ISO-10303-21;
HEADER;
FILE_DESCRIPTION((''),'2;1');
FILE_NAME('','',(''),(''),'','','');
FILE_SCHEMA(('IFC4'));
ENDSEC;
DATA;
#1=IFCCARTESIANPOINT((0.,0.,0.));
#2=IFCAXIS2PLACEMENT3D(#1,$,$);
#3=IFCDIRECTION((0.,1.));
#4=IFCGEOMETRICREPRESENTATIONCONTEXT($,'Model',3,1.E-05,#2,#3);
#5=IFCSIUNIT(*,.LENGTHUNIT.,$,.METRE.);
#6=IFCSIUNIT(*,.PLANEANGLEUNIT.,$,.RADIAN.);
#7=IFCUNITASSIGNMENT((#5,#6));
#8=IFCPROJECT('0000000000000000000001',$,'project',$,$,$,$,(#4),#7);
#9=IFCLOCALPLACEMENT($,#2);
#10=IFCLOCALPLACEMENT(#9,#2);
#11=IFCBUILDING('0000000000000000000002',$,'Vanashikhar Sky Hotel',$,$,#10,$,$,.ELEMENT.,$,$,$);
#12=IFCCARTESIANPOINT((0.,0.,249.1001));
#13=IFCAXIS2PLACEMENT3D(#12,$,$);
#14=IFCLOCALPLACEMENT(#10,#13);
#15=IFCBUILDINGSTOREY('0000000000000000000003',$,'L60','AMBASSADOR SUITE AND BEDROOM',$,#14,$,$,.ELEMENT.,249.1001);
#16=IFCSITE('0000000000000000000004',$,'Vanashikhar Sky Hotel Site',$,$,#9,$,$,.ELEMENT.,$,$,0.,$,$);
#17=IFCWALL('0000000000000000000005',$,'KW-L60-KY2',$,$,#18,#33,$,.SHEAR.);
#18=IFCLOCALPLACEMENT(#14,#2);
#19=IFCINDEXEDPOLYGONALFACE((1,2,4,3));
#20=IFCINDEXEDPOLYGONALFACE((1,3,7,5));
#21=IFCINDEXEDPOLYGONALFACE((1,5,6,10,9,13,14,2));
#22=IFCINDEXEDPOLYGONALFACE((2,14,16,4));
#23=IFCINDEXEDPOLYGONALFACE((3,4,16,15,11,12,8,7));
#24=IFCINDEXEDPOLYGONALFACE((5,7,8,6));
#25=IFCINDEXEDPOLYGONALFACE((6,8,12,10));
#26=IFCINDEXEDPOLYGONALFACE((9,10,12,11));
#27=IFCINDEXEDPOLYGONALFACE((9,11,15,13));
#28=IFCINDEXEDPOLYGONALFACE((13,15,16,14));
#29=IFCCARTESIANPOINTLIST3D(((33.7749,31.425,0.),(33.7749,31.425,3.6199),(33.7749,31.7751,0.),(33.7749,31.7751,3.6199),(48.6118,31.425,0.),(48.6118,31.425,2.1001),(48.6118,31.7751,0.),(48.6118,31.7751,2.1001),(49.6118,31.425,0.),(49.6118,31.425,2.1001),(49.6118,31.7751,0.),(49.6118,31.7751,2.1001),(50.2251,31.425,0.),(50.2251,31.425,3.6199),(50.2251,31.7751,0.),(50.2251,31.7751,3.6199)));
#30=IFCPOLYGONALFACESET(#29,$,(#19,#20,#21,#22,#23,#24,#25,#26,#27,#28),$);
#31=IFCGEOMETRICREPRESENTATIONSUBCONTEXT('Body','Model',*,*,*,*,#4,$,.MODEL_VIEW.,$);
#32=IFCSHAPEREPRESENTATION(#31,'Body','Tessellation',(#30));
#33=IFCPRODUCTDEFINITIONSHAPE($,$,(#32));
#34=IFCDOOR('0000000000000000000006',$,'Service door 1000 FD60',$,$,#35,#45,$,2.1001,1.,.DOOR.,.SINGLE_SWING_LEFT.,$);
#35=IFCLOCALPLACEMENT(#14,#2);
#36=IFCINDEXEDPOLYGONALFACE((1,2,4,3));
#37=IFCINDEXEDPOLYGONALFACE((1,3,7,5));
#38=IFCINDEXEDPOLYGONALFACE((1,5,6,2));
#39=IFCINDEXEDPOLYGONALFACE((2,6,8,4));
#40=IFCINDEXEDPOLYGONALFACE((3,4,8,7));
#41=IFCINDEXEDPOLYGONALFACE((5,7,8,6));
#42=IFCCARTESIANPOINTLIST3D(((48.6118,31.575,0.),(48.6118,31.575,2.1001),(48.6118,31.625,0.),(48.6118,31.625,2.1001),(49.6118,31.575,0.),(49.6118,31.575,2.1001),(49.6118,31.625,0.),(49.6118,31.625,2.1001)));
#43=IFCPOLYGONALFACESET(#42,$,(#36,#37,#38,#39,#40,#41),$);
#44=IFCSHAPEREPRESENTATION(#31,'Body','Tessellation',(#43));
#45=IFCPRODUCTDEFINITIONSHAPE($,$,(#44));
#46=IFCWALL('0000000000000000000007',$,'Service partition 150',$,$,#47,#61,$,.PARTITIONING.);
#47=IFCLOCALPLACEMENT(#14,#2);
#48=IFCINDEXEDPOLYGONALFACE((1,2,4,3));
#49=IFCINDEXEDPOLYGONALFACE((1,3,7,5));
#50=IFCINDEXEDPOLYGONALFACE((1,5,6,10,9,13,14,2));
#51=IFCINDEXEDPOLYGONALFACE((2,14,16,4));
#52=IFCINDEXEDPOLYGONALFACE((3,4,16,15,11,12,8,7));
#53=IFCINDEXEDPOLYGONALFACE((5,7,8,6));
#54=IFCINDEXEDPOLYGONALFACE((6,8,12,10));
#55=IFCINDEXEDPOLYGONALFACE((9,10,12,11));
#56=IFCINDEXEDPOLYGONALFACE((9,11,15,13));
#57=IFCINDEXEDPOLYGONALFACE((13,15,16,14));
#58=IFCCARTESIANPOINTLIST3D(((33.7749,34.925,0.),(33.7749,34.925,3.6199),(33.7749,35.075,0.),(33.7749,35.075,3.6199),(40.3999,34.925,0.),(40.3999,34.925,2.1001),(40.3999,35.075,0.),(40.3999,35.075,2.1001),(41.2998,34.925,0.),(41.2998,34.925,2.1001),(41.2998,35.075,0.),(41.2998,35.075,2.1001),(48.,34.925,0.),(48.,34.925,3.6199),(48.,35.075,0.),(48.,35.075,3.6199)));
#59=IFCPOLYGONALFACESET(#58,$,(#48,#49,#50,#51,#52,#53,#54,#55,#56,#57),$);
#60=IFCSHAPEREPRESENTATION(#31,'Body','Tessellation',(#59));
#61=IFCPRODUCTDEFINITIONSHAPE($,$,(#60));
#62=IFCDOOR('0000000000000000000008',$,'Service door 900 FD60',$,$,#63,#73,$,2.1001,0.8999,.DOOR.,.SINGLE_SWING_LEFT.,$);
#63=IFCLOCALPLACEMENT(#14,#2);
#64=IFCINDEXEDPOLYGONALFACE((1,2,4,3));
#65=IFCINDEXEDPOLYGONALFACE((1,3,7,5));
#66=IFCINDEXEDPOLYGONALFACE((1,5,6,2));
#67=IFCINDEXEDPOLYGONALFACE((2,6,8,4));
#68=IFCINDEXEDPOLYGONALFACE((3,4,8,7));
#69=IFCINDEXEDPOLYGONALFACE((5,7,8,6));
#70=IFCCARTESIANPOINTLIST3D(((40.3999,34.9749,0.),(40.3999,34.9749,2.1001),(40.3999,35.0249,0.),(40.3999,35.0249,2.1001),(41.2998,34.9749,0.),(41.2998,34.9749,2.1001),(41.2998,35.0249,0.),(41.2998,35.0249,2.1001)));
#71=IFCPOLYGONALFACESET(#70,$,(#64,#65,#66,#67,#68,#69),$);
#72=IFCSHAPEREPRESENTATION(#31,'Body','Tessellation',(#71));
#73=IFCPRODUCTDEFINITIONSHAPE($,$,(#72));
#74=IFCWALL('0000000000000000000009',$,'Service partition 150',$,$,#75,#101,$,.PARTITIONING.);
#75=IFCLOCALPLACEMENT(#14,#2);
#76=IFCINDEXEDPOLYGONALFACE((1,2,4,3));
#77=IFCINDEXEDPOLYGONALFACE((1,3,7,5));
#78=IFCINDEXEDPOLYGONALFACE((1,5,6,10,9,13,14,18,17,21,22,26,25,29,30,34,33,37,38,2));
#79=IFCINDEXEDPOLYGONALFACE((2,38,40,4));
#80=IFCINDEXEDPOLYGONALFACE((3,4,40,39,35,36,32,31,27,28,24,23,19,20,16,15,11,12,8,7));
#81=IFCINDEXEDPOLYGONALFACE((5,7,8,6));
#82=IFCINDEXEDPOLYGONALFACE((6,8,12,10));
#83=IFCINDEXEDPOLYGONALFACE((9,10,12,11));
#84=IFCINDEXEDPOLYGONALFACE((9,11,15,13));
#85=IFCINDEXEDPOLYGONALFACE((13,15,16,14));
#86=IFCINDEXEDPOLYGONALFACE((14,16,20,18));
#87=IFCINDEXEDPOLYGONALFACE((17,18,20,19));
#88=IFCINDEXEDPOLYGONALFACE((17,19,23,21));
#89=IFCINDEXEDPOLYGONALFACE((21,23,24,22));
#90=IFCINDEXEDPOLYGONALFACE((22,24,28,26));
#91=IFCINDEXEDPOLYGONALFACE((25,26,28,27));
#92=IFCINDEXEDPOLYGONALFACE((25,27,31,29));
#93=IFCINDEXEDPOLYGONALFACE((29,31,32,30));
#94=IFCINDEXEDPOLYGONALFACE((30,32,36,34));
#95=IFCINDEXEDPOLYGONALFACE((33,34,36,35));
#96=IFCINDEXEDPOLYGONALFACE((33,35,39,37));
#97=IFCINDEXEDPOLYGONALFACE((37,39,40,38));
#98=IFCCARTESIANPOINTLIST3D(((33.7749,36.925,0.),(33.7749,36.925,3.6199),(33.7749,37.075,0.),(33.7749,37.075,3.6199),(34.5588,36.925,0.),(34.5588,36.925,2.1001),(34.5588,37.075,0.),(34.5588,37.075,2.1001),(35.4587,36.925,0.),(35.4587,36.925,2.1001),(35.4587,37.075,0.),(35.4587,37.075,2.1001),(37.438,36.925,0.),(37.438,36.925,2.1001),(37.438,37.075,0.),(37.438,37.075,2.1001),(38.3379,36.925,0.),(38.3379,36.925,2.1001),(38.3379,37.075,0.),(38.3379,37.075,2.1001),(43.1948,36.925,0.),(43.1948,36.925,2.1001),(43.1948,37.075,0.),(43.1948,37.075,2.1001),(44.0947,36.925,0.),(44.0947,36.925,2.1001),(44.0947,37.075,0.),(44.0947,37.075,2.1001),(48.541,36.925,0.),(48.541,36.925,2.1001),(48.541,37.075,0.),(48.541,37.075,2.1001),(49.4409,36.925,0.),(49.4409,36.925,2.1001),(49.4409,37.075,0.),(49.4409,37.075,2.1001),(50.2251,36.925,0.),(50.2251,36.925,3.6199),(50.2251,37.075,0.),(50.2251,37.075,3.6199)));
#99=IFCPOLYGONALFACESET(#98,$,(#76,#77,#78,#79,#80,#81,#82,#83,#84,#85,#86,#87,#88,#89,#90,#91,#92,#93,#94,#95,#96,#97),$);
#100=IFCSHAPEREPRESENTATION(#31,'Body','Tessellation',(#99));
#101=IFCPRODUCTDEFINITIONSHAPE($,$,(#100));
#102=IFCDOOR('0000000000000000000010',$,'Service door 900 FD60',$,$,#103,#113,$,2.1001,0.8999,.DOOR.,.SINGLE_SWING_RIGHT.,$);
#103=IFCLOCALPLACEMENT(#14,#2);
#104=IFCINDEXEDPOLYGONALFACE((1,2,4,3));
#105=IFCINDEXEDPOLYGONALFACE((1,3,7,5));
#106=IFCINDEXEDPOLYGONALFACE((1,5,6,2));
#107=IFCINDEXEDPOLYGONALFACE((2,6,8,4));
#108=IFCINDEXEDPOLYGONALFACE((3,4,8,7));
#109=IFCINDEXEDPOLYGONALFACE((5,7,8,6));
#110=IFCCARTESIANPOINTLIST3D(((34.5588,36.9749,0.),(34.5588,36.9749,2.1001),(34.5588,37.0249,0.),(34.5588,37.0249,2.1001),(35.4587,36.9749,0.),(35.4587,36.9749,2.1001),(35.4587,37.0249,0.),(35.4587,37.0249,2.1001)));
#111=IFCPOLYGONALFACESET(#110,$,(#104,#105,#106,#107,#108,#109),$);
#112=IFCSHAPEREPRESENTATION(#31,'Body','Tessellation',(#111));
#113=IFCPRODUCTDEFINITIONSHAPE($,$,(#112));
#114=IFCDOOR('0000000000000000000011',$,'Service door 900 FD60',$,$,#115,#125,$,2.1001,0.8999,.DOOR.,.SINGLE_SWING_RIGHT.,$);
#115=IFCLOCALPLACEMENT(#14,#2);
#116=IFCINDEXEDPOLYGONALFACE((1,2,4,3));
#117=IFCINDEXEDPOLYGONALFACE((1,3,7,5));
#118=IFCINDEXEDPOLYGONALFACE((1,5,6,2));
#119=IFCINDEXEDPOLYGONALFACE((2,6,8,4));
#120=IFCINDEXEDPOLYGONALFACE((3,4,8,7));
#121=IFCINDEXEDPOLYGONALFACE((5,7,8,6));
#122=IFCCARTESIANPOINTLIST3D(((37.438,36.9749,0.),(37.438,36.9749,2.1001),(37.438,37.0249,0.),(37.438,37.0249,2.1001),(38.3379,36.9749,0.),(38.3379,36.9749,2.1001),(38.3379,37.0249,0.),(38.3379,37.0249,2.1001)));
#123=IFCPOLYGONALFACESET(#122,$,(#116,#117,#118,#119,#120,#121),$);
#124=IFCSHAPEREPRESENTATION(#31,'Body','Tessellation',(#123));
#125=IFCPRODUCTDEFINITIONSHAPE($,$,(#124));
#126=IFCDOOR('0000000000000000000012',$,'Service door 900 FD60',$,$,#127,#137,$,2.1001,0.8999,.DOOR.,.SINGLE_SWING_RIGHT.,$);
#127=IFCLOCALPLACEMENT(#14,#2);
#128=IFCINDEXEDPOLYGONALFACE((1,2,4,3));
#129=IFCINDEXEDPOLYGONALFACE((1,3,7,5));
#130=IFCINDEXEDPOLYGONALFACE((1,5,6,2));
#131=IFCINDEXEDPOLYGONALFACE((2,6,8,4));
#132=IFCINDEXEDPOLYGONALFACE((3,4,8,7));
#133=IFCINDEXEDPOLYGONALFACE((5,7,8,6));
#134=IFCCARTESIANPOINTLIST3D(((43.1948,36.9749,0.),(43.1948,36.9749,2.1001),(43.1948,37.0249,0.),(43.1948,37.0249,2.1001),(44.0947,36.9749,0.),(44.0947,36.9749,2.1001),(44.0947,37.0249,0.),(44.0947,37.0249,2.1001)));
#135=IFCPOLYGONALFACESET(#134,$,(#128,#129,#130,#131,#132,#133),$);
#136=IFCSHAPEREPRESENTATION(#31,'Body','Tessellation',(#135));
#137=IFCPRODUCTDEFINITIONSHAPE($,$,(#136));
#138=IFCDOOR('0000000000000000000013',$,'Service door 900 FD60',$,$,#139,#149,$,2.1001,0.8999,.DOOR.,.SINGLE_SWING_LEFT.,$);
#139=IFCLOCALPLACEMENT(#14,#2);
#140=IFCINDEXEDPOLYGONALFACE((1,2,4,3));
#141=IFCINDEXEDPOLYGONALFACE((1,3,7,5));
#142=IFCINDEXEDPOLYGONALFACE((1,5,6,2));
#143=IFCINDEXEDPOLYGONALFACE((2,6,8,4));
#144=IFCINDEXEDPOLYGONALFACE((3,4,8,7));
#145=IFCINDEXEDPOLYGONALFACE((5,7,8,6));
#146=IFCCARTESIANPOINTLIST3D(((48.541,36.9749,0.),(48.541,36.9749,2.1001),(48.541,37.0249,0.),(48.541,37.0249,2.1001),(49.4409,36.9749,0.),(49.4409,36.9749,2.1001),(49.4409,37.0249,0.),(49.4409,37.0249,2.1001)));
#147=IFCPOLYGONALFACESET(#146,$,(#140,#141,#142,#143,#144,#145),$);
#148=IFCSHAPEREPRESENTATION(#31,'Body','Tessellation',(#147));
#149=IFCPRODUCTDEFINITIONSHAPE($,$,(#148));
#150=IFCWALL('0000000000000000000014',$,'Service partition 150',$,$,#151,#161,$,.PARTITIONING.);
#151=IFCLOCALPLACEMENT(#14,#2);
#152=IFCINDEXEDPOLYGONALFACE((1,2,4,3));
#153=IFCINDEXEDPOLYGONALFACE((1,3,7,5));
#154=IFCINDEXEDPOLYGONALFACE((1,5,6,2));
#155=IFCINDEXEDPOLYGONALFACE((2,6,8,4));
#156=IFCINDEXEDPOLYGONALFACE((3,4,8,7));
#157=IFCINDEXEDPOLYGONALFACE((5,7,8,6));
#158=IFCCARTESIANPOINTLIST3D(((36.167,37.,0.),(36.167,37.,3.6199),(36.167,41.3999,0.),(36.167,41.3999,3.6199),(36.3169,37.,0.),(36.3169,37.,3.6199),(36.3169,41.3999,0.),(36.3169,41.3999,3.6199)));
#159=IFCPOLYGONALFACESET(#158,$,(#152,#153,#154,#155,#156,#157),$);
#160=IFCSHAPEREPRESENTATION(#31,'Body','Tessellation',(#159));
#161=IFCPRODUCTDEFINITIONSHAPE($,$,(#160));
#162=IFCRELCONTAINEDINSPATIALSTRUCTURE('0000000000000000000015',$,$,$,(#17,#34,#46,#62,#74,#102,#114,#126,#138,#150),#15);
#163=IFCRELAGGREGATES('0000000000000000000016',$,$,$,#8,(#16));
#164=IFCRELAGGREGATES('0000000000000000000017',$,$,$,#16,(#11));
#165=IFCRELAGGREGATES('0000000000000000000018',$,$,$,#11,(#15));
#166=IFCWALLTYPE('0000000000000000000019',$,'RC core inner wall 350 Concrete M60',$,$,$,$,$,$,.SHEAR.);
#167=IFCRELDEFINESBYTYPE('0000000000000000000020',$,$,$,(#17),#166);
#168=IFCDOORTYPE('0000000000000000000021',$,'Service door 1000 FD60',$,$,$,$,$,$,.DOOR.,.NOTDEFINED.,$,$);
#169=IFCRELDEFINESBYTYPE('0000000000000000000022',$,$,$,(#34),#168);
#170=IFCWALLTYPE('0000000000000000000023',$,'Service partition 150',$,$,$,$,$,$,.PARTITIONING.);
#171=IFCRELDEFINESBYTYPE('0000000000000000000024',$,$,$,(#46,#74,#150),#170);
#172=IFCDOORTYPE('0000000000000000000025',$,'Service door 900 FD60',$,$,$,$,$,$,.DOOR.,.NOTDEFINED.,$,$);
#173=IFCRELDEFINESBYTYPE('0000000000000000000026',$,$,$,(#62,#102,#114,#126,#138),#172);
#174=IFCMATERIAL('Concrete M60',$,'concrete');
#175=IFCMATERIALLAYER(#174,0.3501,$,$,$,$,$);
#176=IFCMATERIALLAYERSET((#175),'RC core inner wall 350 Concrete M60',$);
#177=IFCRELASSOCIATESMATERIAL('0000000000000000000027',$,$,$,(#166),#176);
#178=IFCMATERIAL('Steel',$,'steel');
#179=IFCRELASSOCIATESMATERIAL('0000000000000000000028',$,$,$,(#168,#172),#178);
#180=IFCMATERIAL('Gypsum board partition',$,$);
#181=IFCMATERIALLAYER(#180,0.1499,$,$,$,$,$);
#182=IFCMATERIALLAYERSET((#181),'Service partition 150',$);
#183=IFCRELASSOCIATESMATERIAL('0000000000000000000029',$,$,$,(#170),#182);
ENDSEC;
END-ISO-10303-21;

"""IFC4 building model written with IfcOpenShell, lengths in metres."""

from ifc_helpers import new_model, si_unit, direction, frame, frame_2d, origin, place, context, subcontext, project, spatial, rectangle, extrude, source, transform, mapped, material, layer, layer_set, type_object, element, fill, save


model = new_model("IFC4")

# Units and contexts
model_context = context("Model", 3, precision=1e-05, world=origin(), true_north=direction((0.0, 1.0)))
body_context = subcontext(model_context, "Body", "Model", "MODEL_VIEW")
ifc_project = project(units=[si_unit("LENGTHUNIT", "METRE"), si_unit("PLANEANGLEUNIT", "RADIAN")], contexts=[model_context])

# Site, building, storey
site_placement = place(None, origin())
site = spatial("IfcSite", under=ifc_project, at=site_placement, Name="Vanashikhar Sky Hotel Site", CompositionType="ELEMENT", RefElevation=0.0)
building_placement = place(site_placement, origin())
building = spatial("IfcBuilding", under=site, at=building_placement, Name="Vanashikhar Sky Hotel", CompositionType="ELEMENT")
storey_placement = place(building_placement, frame((0.0, 0.0, 249.1001)))
storey = spatial("IfcBuildingStorey", under=building, at=storey_placement, Name="L60", Description="AMBASSADOR SUITE AND BEDROOM", CompositionType="ELEMENT", Elevation=249.1001)

# Walls, openings, doors
ifc_material_1 = material(Name="Concrete M60", Category="concrete")
ifc_layer_1 = layer(ifc_material_1, 0.3501)
ifc_layer_set_1 = layer_set([ifc_layer_1], Name="RC core inner wall 350 Concrete M60")
wall_type_1 = type_object("IfcWallType", Name="RC core inner wall 350 Concrete M60", PredefinedType="SHEAR", material=ifc_layer_set_1)
shared_shape_1 = source(origin(), body_context, "Body", "SweptSolid", [
    extrude(rectangle(XDim=16.4502, YDim=0.3501, at=frame_2d((8.2251, 0.0))), origin(), (0.0, 0.0, 1.0), 3.6199),
])
wall_1_placement = place(storey_placement, frame((33.7749, 31.6001, 0.0), z_axis=(0.0, 0.0, 1.0), x_axis=(1.0, 0.0, 0.0)))
wall_1 = element("IfcWall", 1, at=wall_1_placement, inside=storey, type_object=wall_type_1, Name="KW-L60-KY2", PredefinedType="SHEAR", context=body_context, shape_type="MappedRepresentation", body=[
    mapped(shared_shape_1, transform((0.0, 0.0, 0.0), scale=1.0)),
])
shared_shape_2 = source(origin(), body_context, "Body", "SweptSolid", [
    extrude(rectangle(XDim=1.0, YDim=2.1001, at=frame_2d((0.5, 1.05))), frame((0.0, 0.1851, 0.0), z_axis=(0.0, -1.0, 0.0), x_axis=(1.0, 0.0, 0.0)), (0.0, 0.0, 1.0), 0.3701),
])
opening_1_placement = place(wall_1_placement, frame((14.8369, 0.0, 0.0)))
opening_1 = element("IfcOpeningElement", 2, at=opening_1_placement, cuts=wall_1, PredefinedType="OPENING", context=body_context, shape_type="MappedRepresentation", body=[
    mapped(shared_shape_2, transform((0.0, 0.0, 0.0), scale=1.0)),
])
ifc_material_2 = material(Name="Steel", Category="steel")
door_type_1 = type_object("IfcDoorType", Name="Service door 1000 FD60", OperationType="NOTDEFINED", PredefinedType="DOOR", material=ifc_material_2)
shared_shape_3 = source(origin(), body_context, "Body", "SweptSolid", [
    extrude(rectangle(XDim=1.0, YDim=2.1001, at=frame_2d((0.5, 1.05))), frame((0.0, 0.0249, 0.0), z_axis=(0.0, -1.0, 0.0), x_axis=(1.0, 0.0, 0.0)), (0.0, 0.0, 1.0), 0.05),
])
door_1_placement = place(opening_1_placement, origin())
door_1 = element("IfcDoor", 3, at=door_1_placement, inside=storey, type_object=door_type_1, Name="Service door 1000 FD60", OperationType="SINGLE_SWING_LEFT", OverallHeight=2.1001, OverallWidth=1.0, PredefinedType="DOOR", context=body_context, shape_type="MappedRepresentation", body=[
    mapped(shared_shape_3, transform((0.0, 0.0, 0.0), scale=1.0)),
])
fill(opening_1, door_1)
ifc_material_3 = material(Name="Gypsum board partition")
ifc_layer_2 = layer(ifc_material_3, 0.1499)
ifc_layer_set_2 = layer_set([ifc_layer_2], Name="Service partition 150")
wall_type_2 = type_object("IfcWallType", Name="Service partition 150", PredefinedType="PARTITIONING", material=ifc_layer_set_2)
shared_shape_4 = source(origin(), body_context, "Body", "SweptSolid", [
    extrude(rectangle(XDim=14.2251, YDim=0.1499, at=frame_2d((7.1125, 0.0))), origin(), (0.0, 0.0, 1.0), 3.6199),
])
wall_2_placement = place(storey_placement, frame((33.7749, 35.0, 0.0), z_axis=(0.0, 0.0, 1.0), x_axis=(1.0, 0.0, 0.0)))
wall_2 = element("IfcWall", 4, at=wall_2_placement, inside=storey, type_object=wall_type_2, Name="Service partition 150", PredefinedType="PARTITIONING", context=body_context, shape_type="MappedRepresentation", body=[
    mapped(shared_shape_4, transform((0.0, 0.0, 0.0), scale=1.0)),
])
shared_shape_5 = source(origin(), body_context, "Body", "SweptSolid", [
    extrude(rectangle(XDim=0.8999, YDim=2.1001, at=frame_2d((0.45, 1.05))), frame((0.0, 0.085, 0.0), z_axis=(0.0, -1.0, 0.0), x_axis=(1.0, 0.0, 0.0)), (0.0, 0.0, 1.0), 0.1699),
])
opening_2_placement = place(wall_2_placement, frame((6.625, 0.0, 0.0)))
opening_2 = element("IfcOpeningElement", 5, at=opening_2_placement, cuts=wall_2, PredefinedType="OPENING", context=body_context, shape_type="MappedRepresentation", body=[
    mapped(shared_shape_5, transform((0.0, 0.0, 0.0), scale=1.0)),
])
door_type_2 = type_object("IfcDoorType", Name="Service door 900 FD60", OperationType="NOTDEFINED", PredefinedType="DOOR", material=ifc_material_2)
shared_shape_6 = source(origin(), body_context, "Body", "SweptSolid", [
    extrude(rectangle(XDim=0.8999, YDim=2.1001, at=frame_2d((0.45, 1.05))), frame((0.0, 0.0249, 0.0), z_axis=(0.0, -1.0, 0.0), x_axis=(1.0, 0.0, 0.0)), (0.0, 0.0, 1.0), 0.05),
])
door_2_placement = place(opening_2_placement, origin())
door_2 = element("IfcDoor", 6, at=door_2_placement, inside=storey, type_object=door_type_2, Name="Service door 900 FD60", OperationType="SINGLE_SWING_LEFT", OverallHeight=2.1001, OverallWidth=0.8999, PredefinedType="DOOR", context=body_context, shape_type="MappedRepresentation", body=[
    mapped(shared_shape_6, transform((0.0, 0.0, 0.0), scale=1.0)),
])
fill(opening_2, door_2)

# Wall, openings, doors
shared_shape_7 = source(origin(), body_context, "Body", "SweptSolid", [
    extrude(rectangle(XDim=16.4502, YDim=0.1499, at=frame_2d((8.2251, 0.0))), origin(), (0.0, 0.0, 1.0), 3.6199),
])
wall_3_placement = place(storey_placement, frame((33.7749, 37.0, 0.0), z_axis=(0.0, 0.0, 1.0), x_axis=(1.0, 0.0, 0.0)))
wall_3 = element("IfcWall", 7, at=wall_3_placement, inside=storey, type_object=wall_type_2, Name="Service partition 150", PredefinedType="PARTITIONING", context=body_context, shape_type="MappedRepresentation", body=[
    mapped(shared_shape_7, transform((0.0, 0.0, 0.0), scale=1.0)),
])
opening_3_placement = place(wall_3_placement, frame((0.7839, 0.0, 0.0)))
opening_3 = element("IfcOpeningElement", 8, at=opening_3_placement, cuts=wall_3, PredefinedType="OPENING", context=body_context, shape_type="MappedRepresentation", body=[
    mapped(shared_shape_5, transform((0.0, 0.0, 0.0), scale=1.0)),
])
opening_4_placement = place(wall_3_placement, frame((3.6631, 0.0, 0.0)))
opening_4 = element("IfcOpeningElement", 9, at=opening_4_placement, cuts=wall_3, PredefinedType="OPENING", context=body_context, shape_type="MappedRepresentation", body=[
    mapped(shared_shape_5, transform((0.0, 0.0, 0.0), scale=1.0)),
])
opening_5_placement = place(wall_3_placement, frame((9.4199, 0.0, 0.0)))
opening_5 = element("IfcOpeningElement", 10, at=opening_5_placement, cuts=wall_3, PredefinedType="OPENING", context=body_context, shape_type="MappedRepresentation", body=[
    mapped(shared_shape_5, transform((0.0, 0.0, 0.0), scale=1.0)),
])
opening_6_placement = place(wall_3_placement, frame((14.7661, 0.0, 0.0)))
opening_6 = element("IfcOpeningElement", 11, at=opening_6_placement, cuts=wall_3, PredefinedType="OPENING", context=body_context, shape_type="MappedRepresentation", body=[
    mapped(shared_shape_5, transform((0.0, 0.0, 0.0), scale=1.0)),
])
door_3_placement = place(opening_3_placement, origin())
door_3 = element("IfcDoor", 12, at=door_3_placement, inside=storey, type_object=door_type_2, Name="Service door 900 FD60", OperationType="SINGLE_SWING_RIGHT", OverallHeight=2.1001, OverallWidth=0.8999, PredefinedType="DOOR", context=body_context, shape_type="MappedRepresentation", body=[
    mapped(shared_shape_6, transform((0.0, 0.0, 0.0), scale=1.0)),
])
fill(opening_3, door_3)
door_4_placement = place(opening_4_placement, origin())
door_4 = element("IfcDoor", 13, at=door_4_placement, inside=storey, type_object=door_type_2, Name="Service door 900 FD60", OperationType="SINGLE_SWING_RIGHT", OverallHeight=2.1001, OverallWidth=0.8999, PredefinedType="DOOR", context=body_context, shape_type="MappedRepresentation", body=[
    mapped(shared_shape_6, transform((0.0, 0.0, 0.0), scale=1.0)),
])
fill(opening_4, door_4)
door_5_placement = place(opening_5_placement, origin())
door_5 = element("IfcDoor", 14, at=door_5_placement, inside=storey, type_object=door_type_2, Name="Service door 900 FD60", OperationType="SINGLE_SWING_RIGHT", OverallHeight=2.1001, OverallWidth=0.8999, PredefinedType="DOOR", context=body_context, shape_type="MappedRepresentation", body=[
    mapped(shared_shape_6, transform((0.0, 0.0, 0.0), scale=1.0)),
])
fill(opening_5, door_5)
door_6_placement = place(opening_6_placement, origin())
door_6 = element("IfcDoor", 15, at=door_6_placement, inside=storey, type_object=door_type_2, Name="Service door 900 FD60", OperationType="SINGLE_SWING_LEFT", OverallHeight=2.1001, OverallWidth=0.8999, PredefinedType="DOOR", context=body_context, shape_type="MappedRepresentation", body=[
    mapped(shared_shape_6, transform((0.0, 0.0, 0.0), scale=1.0)),
])
fill(opening_6, door_6)

# Wall
shared_shape_8 = source(origin(), body_context, "Body", "SweptSolid", [
    extrude(rectangle(XDim=4.3999, YDim=0.1499, at=frame_2d((2.2, 0.0))), origin(), (0.0, 0.0, 1.0), 3.6199),
])
for number, where, z_axis, x_axis, name in (
    (16, (36.2419, 37.0, 0.0), (0.0, 0.0, 1.0), (0.0, 1.0, 0.0), "Service partition 150"),
):
    element("IfcWall", number, at=place(storey_placement, frame(where, z_axis=z_axis, x_axis=x_axis)), inside=storey, type_object=wall_type_2, Name=name, PredefinedType="PARTITIONING", context=body_context, shape_type="MappedRepresentation", body=[
        mapped(shared_shape_8, transform((0.0, 0.0, 0.0), scale=1.0)),
    ])

save(model, "model.ifc")
